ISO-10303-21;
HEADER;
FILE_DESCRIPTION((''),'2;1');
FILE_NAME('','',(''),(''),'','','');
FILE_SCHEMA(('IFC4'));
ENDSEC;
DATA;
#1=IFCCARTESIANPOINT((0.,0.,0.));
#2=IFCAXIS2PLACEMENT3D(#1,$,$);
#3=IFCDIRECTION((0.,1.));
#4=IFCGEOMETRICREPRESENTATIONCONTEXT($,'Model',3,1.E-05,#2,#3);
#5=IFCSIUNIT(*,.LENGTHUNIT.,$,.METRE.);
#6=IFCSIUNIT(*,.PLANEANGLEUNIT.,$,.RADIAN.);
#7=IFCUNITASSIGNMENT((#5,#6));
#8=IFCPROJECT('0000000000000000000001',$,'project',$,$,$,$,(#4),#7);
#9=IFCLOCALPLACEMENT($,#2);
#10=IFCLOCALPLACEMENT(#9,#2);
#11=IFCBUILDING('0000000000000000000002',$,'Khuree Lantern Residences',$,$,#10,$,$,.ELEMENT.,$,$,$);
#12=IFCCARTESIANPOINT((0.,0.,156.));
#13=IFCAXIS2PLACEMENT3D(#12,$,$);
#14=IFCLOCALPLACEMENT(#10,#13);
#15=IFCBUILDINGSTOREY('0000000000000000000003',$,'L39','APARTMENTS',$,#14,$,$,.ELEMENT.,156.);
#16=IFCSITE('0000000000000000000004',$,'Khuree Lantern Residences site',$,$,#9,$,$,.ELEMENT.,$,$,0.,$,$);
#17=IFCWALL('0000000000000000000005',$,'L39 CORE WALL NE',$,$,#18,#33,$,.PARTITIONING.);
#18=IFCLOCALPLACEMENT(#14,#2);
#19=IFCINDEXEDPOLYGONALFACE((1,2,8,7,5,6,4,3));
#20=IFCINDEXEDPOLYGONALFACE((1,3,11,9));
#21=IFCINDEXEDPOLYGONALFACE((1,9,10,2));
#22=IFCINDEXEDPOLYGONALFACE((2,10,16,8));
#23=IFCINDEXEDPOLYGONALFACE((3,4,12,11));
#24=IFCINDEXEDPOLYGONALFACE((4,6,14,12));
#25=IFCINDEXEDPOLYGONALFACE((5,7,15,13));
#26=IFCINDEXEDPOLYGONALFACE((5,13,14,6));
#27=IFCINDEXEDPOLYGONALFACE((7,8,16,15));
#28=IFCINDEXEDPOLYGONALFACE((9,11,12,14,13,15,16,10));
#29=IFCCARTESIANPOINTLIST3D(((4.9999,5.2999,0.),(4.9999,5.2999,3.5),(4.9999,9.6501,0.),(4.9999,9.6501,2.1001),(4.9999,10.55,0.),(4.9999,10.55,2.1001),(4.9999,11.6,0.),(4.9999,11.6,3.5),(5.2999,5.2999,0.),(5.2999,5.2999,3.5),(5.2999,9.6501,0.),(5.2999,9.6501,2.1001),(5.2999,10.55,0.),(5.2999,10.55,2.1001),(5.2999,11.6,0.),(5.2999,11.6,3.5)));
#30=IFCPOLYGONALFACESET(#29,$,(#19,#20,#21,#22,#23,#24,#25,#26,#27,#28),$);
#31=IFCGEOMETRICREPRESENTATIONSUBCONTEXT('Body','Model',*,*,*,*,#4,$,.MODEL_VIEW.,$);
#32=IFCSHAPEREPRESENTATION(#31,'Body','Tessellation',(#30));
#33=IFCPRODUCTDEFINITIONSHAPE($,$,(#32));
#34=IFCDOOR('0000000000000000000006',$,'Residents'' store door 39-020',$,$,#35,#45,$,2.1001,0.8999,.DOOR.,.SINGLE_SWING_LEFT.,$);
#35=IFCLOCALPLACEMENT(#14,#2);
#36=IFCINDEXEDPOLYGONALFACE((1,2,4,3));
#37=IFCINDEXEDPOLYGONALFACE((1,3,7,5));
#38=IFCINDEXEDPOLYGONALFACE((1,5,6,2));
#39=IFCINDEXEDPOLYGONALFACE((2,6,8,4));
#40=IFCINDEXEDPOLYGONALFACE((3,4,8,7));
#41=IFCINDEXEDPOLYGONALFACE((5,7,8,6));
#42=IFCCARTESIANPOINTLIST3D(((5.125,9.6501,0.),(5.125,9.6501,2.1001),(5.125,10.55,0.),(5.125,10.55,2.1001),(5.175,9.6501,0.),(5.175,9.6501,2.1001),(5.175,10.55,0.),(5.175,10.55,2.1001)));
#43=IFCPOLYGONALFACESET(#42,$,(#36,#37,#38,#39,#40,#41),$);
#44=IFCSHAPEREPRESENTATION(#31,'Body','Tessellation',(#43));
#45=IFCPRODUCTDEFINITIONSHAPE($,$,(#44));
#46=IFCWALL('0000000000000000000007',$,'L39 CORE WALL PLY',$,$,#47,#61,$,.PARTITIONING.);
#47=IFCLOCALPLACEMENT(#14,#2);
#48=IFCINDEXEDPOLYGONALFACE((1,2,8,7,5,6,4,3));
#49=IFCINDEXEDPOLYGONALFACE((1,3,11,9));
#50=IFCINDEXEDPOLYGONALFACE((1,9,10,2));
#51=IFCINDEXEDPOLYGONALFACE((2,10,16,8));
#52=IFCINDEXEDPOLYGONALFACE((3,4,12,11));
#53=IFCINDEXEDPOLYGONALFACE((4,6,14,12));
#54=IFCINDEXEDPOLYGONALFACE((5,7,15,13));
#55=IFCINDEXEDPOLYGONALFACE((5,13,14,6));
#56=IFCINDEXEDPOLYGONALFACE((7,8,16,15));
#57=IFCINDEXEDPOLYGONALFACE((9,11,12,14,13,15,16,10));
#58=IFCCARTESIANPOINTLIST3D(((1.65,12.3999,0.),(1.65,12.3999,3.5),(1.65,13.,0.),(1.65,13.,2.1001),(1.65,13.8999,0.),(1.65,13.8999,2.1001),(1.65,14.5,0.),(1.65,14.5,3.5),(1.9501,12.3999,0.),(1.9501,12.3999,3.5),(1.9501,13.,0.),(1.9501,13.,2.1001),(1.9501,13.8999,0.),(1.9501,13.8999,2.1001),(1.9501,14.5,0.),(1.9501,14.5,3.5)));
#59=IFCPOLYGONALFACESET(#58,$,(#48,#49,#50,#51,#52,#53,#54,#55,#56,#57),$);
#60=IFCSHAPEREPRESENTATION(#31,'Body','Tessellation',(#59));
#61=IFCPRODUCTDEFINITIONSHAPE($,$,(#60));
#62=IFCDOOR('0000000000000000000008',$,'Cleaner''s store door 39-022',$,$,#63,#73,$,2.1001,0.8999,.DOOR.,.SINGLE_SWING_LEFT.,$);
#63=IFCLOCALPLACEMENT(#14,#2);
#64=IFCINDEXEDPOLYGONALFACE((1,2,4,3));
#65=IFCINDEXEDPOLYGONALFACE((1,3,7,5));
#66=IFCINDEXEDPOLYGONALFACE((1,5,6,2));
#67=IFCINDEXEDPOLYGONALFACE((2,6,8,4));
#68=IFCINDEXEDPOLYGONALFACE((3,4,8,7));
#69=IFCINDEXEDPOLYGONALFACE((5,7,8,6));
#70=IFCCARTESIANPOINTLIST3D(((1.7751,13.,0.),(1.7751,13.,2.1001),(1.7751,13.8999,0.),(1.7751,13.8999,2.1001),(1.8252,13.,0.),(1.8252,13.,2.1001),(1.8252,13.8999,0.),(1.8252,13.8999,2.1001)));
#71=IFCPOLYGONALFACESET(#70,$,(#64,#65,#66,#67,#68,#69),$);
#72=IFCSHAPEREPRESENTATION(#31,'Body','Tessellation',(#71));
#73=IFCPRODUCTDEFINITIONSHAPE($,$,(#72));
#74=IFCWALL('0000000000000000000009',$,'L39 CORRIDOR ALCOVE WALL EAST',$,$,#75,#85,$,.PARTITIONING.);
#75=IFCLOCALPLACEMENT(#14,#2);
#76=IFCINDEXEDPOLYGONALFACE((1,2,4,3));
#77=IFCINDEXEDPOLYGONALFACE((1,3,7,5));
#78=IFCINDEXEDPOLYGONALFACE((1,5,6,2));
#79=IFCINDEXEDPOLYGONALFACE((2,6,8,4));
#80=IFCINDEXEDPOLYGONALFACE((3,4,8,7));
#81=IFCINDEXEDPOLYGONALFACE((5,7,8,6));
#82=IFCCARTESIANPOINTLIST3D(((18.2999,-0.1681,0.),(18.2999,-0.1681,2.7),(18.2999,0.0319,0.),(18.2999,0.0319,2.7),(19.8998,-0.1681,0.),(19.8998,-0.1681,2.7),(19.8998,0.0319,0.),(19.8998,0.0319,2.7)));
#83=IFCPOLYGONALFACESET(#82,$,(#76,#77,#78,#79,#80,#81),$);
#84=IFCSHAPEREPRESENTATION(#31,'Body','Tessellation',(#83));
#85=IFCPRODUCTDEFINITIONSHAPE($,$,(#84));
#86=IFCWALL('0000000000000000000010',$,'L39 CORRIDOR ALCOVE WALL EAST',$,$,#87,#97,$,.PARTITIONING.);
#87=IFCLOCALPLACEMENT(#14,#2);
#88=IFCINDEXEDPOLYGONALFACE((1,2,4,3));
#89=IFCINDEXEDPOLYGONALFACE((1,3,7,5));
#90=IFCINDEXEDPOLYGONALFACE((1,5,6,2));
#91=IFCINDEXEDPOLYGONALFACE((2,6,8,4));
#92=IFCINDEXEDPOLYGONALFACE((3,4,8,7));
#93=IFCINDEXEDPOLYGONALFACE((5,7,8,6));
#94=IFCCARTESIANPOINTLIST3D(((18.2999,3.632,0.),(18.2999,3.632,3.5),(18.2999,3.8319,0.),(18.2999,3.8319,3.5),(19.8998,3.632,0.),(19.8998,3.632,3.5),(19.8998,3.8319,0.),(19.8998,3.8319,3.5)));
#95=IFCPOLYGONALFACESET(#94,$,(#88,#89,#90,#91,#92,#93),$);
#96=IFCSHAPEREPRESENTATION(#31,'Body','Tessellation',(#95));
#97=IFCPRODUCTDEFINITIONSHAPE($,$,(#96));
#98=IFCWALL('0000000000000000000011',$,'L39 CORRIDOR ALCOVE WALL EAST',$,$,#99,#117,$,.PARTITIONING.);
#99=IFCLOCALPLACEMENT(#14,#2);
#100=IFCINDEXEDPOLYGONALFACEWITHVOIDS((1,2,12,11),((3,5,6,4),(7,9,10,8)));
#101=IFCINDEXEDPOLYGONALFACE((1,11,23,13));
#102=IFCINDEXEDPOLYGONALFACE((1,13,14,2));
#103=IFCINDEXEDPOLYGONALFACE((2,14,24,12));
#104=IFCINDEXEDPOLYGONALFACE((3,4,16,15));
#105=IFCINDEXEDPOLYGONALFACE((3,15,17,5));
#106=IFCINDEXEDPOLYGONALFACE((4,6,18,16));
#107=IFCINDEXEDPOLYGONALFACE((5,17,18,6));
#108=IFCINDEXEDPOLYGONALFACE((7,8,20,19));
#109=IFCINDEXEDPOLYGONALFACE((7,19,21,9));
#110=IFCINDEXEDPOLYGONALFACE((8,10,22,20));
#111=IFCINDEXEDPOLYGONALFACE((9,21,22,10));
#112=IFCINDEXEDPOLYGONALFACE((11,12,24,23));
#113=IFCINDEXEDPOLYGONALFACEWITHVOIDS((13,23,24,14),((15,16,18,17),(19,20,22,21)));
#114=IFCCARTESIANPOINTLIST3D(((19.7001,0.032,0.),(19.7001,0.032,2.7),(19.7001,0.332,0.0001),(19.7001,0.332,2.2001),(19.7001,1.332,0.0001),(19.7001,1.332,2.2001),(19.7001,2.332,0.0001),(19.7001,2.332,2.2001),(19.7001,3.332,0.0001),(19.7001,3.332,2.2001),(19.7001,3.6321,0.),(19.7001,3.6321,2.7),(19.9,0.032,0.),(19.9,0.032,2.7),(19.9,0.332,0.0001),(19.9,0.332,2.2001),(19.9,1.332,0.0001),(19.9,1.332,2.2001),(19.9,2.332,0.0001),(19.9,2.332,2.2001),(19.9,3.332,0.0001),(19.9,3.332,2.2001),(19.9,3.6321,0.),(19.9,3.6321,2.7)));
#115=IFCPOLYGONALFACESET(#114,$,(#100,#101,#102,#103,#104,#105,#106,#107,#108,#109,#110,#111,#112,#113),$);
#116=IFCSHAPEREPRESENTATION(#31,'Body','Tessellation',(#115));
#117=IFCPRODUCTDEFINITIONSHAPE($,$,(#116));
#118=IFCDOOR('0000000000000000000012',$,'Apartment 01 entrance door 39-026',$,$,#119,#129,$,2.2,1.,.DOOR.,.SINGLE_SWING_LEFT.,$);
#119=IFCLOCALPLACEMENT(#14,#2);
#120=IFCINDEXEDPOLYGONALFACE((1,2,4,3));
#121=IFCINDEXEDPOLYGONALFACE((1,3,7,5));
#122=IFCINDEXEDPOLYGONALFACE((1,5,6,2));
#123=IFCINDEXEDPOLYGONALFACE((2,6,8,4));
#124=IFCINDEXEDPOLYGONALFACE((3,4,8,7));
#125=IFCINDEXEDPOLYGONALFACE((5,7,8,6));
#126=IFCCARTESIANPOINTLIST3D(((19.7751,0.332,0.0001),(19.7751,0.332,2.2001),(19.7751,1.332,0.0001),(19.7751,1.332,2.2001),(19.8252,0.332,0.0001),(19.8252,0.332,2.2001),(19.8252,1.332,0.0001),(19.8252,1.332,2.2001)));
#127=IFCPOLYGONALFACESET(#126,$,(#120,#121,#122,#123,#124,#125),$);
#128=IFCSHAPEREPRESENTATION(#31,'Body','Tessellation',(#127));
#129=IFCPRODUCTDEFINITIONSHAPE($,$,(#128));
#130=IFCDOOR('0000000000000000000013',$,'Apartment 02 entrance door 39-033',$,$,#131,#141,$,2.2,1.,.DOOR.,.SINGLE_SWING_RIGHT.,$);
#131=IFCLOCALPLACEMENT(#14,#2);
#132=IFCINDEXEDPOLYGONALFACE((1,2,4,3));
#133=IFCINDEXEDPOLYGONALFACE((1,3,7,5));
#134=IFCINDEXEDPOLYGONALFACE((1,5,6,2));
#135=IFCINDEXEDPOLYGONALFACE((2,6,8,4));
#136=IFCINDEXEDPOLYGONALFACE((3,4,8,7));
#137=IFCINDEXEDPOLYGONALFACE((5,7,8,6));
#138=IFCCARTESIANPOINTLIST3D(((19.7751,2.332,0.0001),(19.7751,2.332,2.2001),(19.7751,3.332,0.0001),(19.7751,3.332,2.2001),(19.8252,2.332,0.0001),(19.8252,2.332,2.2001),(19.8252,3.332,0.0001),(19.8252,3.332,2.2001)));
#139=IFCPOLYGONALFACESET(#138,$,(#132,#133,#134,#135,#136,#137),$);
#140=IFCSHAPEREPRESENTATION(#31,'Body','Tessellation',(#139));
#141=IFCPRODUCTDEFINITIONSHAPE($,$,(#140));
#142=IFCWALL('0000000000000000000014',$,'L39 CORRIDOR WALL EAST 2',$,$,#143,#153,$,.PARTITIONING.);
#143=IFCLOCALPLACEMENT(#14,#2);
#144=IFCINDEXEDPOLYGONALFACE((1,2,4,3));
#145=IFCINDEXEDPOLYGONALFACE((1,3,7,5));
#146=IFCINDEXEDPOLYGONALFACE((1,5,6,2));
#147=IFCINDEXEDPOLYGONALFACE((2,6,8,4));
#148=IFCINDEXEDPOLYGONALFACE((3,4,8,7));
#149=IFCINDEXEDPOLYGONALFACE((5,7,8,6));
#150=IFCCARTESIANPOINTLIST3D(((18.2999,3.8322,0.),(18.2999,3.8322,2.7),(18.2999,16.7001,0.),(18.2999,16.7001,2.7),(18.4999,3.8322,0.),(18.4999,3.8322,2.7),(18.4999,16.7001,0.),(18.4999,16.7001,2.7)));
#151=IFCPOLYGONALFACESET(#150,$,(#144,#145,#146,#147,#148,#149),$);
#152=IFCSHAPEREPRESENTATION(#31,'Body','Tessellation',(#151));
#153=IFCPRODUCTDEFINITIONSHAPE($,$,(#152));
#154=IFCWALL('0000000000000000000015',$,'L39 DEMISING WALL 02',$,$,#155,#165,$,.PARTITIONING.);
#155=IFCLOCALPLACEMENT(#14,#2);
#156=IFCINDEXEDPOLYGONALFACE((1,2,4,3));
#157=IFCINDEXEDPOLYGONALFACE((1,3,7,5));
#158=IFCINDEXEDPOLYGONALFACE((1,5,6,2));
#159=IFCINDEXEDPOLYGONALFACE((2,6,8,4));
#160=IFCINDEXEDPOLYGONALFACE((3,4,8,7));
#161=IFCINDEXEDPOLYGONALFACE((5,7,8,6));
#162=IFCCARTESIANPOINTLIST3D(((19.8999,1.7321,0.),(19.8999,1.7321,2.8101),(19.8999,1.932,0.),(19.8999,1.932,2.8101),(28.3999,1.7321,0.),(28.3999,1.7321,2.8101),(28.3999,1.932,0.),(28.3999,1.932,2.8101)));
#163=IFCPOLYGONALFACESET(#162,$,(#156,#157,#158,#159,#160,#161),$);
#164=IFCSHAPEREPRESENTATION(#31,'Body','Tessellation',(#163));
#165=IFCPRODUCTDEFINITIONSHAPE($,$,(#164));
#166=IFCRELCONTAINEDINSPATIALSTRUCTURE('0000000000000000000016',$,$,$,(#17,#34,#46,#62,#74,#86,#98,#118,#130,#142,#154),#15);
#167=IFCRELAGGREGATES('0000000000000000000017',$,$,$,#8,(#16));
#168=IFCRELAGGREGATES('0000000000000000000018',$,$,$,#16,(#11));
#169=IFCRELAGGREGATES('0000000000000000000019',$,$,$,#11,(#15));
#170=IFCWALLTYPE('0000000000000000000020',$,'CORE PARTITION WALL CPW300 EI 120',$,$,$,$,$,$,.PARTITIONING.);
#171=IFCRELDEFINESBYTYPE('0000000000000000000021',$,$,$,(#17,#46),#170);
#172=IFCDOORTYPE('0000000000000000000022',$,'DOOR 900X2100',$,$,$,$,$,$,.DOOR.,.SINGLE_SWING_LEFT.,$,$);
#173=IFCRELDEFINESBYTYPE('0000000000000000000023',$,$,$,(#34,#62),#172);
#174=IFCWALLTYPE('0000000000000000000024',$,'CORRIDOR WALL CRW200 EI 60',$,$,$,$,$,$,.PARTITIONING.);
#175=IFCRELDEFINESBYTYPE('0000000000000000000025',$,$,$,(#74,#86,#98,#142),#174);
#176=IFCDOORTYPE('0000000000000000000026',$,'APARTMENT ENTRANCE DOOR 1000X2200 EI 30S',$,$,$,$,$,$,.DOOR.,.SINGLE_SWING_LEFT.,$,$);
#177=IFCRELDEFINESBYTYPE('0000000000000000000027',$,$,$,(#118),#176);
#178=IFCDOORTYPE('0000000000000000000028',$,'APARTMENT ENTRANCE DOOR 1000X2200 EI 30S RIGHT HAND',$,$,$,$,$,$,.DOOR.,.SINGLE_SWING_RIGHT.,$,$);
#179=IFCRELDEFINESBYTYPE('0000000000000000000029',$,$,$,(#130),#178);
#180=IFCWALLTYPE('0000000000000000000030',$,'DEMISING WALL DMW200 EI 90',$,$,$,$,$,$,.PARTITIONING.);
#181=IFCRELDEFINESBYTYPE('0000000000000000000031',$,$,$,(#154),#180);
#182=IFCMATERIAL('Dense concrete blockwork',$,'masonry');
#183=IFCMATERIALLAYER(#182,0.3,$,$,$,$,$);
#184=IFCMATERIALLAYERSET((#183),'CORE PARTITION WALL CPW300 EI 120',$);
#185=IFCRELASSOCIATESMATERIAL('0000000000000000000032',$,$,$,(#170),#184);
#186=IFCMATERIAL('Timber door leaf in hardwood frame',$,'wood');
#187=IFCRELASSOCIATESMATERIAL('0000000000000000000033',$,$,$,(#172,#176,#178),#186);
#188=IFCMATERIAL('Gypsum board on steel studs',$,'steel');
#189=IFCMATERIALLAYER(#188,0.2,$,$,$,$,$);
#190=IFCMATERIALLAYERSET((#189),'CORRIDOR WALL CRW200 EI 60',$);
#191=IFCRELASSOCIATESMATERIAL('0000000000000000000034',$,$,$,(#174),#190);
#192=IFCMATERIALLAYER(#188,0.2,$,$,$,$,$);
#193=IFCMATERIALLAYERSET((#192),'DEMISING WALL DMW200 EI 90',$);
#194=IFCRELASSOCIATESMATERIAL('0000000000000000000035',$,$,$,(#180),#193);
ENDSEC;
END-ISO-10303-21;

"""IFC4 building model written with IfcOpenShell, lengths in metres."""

from ifc_helpers import new_model, si_unit, direction, frame, frame_2d, origin, place, context, subcontext, project, spatial, rectangle, extrude, material, layer, layer_set, type_object, element, fill, save


model = new_model("IFC4")

# Units and contexts
model_context = context("Model", 3, precision=1e-05, world=origin(), true_north=direction((0.0, 1.0)))
body_context = subcontext(model_context, "Body", "Model", "MODEL_VIEW")
ifc_project = project(units=[si_unit("LENGTHUNIT", "METRE"), si_unit("PLANEANGLEUNIT", "RADIAN")], contexts=[model_context])

# Site, building, storey
site_placement = place(None, origin())
site = spatial("IfcSite", under=ifc_project, at=site_placement, Name="Khuree Lantern Residences site", CompositionType="ELEMENT", RefElevation=0.0)
building_placement = place(site_placement, origin())
building = spatial("IfcBuilding", under=site, at=building_placement, Name="Khuree Lantern Residences", CompositionType="ELEMENT")
storey_placement = place(building_placement, frame((0.0, 0.0, 156.0)))
storey = spatial("IfcBuildingStorey", under=building, at=storey_placement, Name="L39", Description="APARTMENTS", CompositionType="ELEMENT", Elevation=156.0)

# Shared definitions
ifc_material_1 = material(Name="Timber door leaf in hardwood frame", Category="wood")

# Shared definitions
ifc_material_2 = material(Name="Dense concrete blockwork", Category="masonry")
ifc_layer_1 = layer(ifc_material_2, 0.3)
ifc_layer_set_1 = layer_set([ifc_layer_1], Name="CORE PARTITION WALL CPW300 EI 120")
wall_type_1 = type_object("IfcWallType", Name="CORE PARTITION WALL CPW300 EI 120", PredefinedType="PARTITIONING", material=ifc_layer_set_1)

# Walls, openings, doors
wall_1_placement = place(storey_placement, frame((5.1499, 5.3, 0.0), z_axis=(0.0, 0.0, 1.0), x_axis=(0.0, 1.0, 0.0)))
wall_1 = element("IfcWall", 1, at=wall_1_placement, inside=storey, type_object=wall_type_1, Name="L39 CORE WALL NE", PredefinedType="PARTITIONING", context=body_context, shape_type="SweptSolid", body=[
    extrude(rectangle(XDim=6.3, YDim=0.3, at=frame_2d((3.1499, 0.0))), origin(), (0.0, 0.0, 1.0), 3.5),
])
opening_1_placement = place(wall_1_placement, frame((4.3501, 0.0, 0.0)))
opening_1 = element("IfcOpeningElement", 2, at=opening_1_placement, cuts=wall_1, PredefinedType="OPENING", context=body_context, shape_type="SweptSolid", body=[
    extrude(rectangle(XDim=0.8999, YDim=2.1001, at=frame_2d((0.45, 1.05))), frame((0.0, 0.1602, 0.0), z_axis=(0.0, -1.0, 0.0), x_axis=(1.0, 0.0, 0.0)), (0.0, 0.0, 1.0), 0.3201),
])
door_type_1 = type_object("IfcDoorType", Name="DOOR 900X2100", OperationType="SINGLE_SWING_LEFT", PredefinedType="DOOR", material=ifc_material_1)
door_1_placement = place(opening_1_placement, origin())
door_1 = element("IfcDoor", 3, at=door_1_placement, inside=storey, type_object=door_type_1, Name="Residents' store door 39-020", OperationType="SINGLE_SWING_LEFT", OverallHeight=2.1001, OverallWidth=0.8999, PredefinedType="DOOR", context=body_context, shape_type="SweptSolid", body=[
    extrude(rectangle(XDim=0.8999, YDim=2.1001, at=frame_2d((0.45, 1.05))), frame((0.0, 0.0249, 0.0), z_axis=(0.0, -1.0, 0.0), x_axis=(1.0, 0.0, 0.0)), (0.0, 0.0, 1.0), 0.05),
])
fill(opening_1, door_1)
wall_2_placement = place(storey_placement, frame((1.8, 12.3999, 0.0), z_axis=(0.0, 0.0, 1.0), x_axis=(0.0, 1.0, 0.0)))
wall_2 = element("IfcWall", 4, at=wall_2_placement, inside=storey, type_object=wall_type_1, Name="L39 CORE WALL PLY", PredefinedType="PARTITIONING", context=body_context, shape_type="SweptSolid", body=[
    extrude(rectangle(XDim=2.1001, YDim=0.3, at=frame_2d((1.05, 0.0))), origin(), (0.0, 0.0, 1.0), 3.5),
])
opening_2_placement = place(wall_2_placement, frame((0.6001, 0.0, 0.0)))
opening_2 = element("IfcOpeningElement", 5, at=opening_2_placement, cuts=wall_2, PredefinedType="OPENING", context=body_context, shape_type="SweptSolid", body=[
    extrude(rectangle(XDim=0.8999, YDim=2.1001, at=frame_2d((0.45, 1.05))), frame((0.0, 0.1602, 0.0), z_axis=(0.0, -1.0, 0.0), x_axis=(1.0, 0.0, 0.0)), (0.0, 0.0, 1.0), 0.3201),
])
door_2_placement = place(opening_2_placement, origin())
door_2 = element("IfcDoor", 6, at=door_2_placement, inside=storey, type_object=door_type_1, Name="Cleaner's store door 39-022", OperationType="SINGLE_SWING_LEFT", OverallHeight=2.1001, OverallWidth=0.8999, PredefinedType="DOOR", context=body_context, shape_type="SweptSolid", body=[
    extrude(rectangle(XDim=0.8999, YDim=2.1001, at=frame_2d((0.45, 1.05))), frame((0.0, 0.0249, 0.0), z_axis=(0.0, -1.0, 0.0), x_axis=(1.0, 0.0, 0.0)), (0.0, 0.0, 1.0), 0.05),
])
fill(opening_2, door_2)

# Walls
ifc_material_3 = material(Name="Gypsum board on steel studs", Category="steel")
ifc_layer_2 = layer(ifc_material_3, 0.2)
ifc_layer_set_2 = layer_set([ifc_layer_2], Name="CORRIDOR WALL CRW200 EI 60")
wall_type_2 = type_object("IfcWallType", Name="CORRIDOR WALL CRW200 EI 60", PredefinedType="PARTITIONING", material=ifc_layer_set_2)
wall_3_placement = place(storey_placement, frame((18.3, -0.0681, 0.0), z_axis=(0.0, 0.0, 1.0), x_axis=(1.0, 0.0, 0.0)))
element("IfcWall", 7, at=wall_3_placement, inside=storey, type_object=wall_type_2, Name="L39 CORRIDOR ALCOVE WALL EAST", PredefinedType="PARTITIONING", context=body_context, shape_type="SweptSolid", body=[
    extrude(rectangle(XDim=1.5999, YDim=0.2, at=frame_2d((0.7998, 0.0))), origin(), (0.0, 0.0, 1.0), 2.7),
])
wall_4_placement = place(storey_placement, frame((18.3, 3.7319, 0.0), z_axis=(0.0, 0.0, 1.0), x_axis=(1.0, 0.0, 0.0)))
element("IfcWall", 8, at=wall_4_placement, inside=storey, type_object=wall_type_2, Name="L39 CORRIDOR ALCOVE WALL EAST", PredefinedType="PARTITIONING", context=body_context, shape_type="SweptSolid", body=[
    extrude(rectangle(XDim=1.5999, YDim=0.2, at=frame_2d((0.7998, 0.0))), origin(), (0.0, 0.0, 1.0), 3.5),
])

# Wall, openings, doors
wall_5_placement = place(storey_placement, frame((19.8, 0.032, 0.0), z_axis=(0.0, 0.0, 1.0), x_axis=(0.0, 1.0, 0.0)))
wall_5 = element("IfcWall", 9, at=wall_5_placement, inside=storey, type_object=wall_type_2, Name="L39 CORRIDOR ALCOVE WALL EAST", PredefinedType="PARTITIONING", context=body_context, shape_type="SweptSolid", body=[
    extrude(rectangle(XDim=3.6001, YDim=0.2, at=frame_2d((1.8, 0.0))), origin(), (0.0, 0.0, 1.0), 2.7),
])
opening_3_placement = place(wall_5_placement, frame((0.3, 0.0, 0.0)))
opening_3 = element("IfcOpeningElement", 10, at=opening_3_placement, cuts=wall_5, PredefinedType="OPENING", context=body_context, shape_type="SweptSolid", body=[
    extrude(rectangle(XDim=1.0, YDim=2.2, at=frame_2d((0.5, 1.1001))), frame((0.0, 0.1099, 0.0), z_axis=(0.0, -1.0, 0.0), x_axis=(1.0, 0.0, 0.0)), (0.0, 0.0, 1.0), 0.22),
])
opening_4_placement = place(wall_5_placement, frame((2.3, 0.0, 0.0)))
opening_4 = element("IfcOpeningElement", 11, at=opening_4_placement, cuts=wall_5, PredefinedType="OPENING", context=body_context, shape_type="SweptSolid", body=[
    extrude(rectangle(XDim=1.0, YDim=2.2, at=frame_2d((0.5, 1.1001))), frame((0.0, 0.1099, 0.0), z_axis=(0.0, -1.0, 0.0), x_axis=(1.0, 0.0, 0.0)), (0.0, 0.0, 1.0), 0.22),
])
door_type_2 = type_object("IfcDoorType", Name="APARTMENT ENTRANCE DOOR 1000X2200 EI 30S", OperationType="SINGLE_SWING_LEFT", PredefinedType="DOOR", material=ifc_material_1)
door_3_placement = place(opening_3_placement, origin())
door_3 = element("IfcDoor", 12, at=door_3_placement, inside=storey, type_object=door_type_2, Name="Apartment 01 entrance door 39-026", OperationType="SINGLE_SWING_LEFT", OverallHeight=2.2, OverallWidth=1.0, PredefinedType="DOOR", context=body_context, shape_type="SweptSolid", body=[
    extrude(rectangle(XDim=1.0, YDim=2.2, at=frame_2d((0.5, 1.1001))), frame((0.0, 0.0249, 0.0), z_axis=(0.0, -1.0, 0.0), x_axis=(1.0, 0.0, 0.0)), (0.0, 0.0, 1.0), 0.05),
])
fill(opening_3, door_3)
door_type_3 = type_object("IfcDoorType", Name="APARTMENT ENTRANCE DOOR 1000X2200 EI 30S RIGHT HAND", OperationType="SINGLE_SWING_RIGHT", PredefinedType="DOOR", material=ifc_material_1)
door_4_placement = place(opening_4_placement, origin())
door_4 = element("IfcDoor", 13, at=door_4_placement, inside=storey, type_object=door_type_3, Name="Apartment 02 entrance door 39-033", OperationType="SINGLE_SWING_RIGHT", OverallHeight=2.2, OverallWidth=1.0, PredefinedType="DOOR", context=body_context, shape_type="SweptSolid", body=[
    extrude(rectangle(XDim=1.0, YDim=2.2, at=frame_2d((0.5, 1.1001))), frame((0.0, 0.0249, 0.0), z_axis=(0.0, -1.0, 0.0), x_axis=(1.0, 0.0, 0.0)), (0.0, 0.0, 1.0), 0.05),
])
fill(opening_4, door_4)

# Walls
wall_6_placement = place(storey_placement, frame((18.3999, 3.832, 0.0), z_axis=(0.0, 0.0, 1.0), x_axis=(0.0, 1.0, 0.0)))
element("IfcWall", 14, at=wall_6_placement, inside=storey, type_object=wall_type_2, Name="L39 CORRIDOR WALL EAST 2", PredefinedType="PARTITIONING", context=body_context, shape_type="SweptSolid", body=[
    extrude(rectangle(XDim=12.8679, YDim=0.2, at=frame_2d((6.4341, 0.0))), origin(), (0.0, 0.0, 1.0), 2.7),
])
ifc_layer_3 = layer(ifc_material_3, 0.2)
ifc_layer_set_3 = layer_set([ifc_layer_3], Name="DEMISING WALL DMW200 EI 90")
wall_type_3 = type_object("IfcWallType", Name="DEMISING WALL DMW200 EI 90", PredefinedType="PARTITIONING", material=ifc_layer_set_3)
wall_7_placement = place(storey_placement, frame((19.8999, 1.832, 0.0), z_axis=(0.0, 0.0, 1.0), x_axis=(1.0, 0.0, 0.0)))
element("IfcWall", 15, at=wall_7_placement, inside=storey, type_object=wall_type_3, Name="L39 DEMISING WALL 02", PredefinedType="PARTITIONING", context=body_context, shape_type="SweptSolid", body=[
    extrude(rectangle(XDim=8.5, YDim=0.2, at=frame_2d((4.25, 0.0))), origin(), (0.0, 0.0, 1.0), 2.8101),
])

save(model, "model.ifc")
